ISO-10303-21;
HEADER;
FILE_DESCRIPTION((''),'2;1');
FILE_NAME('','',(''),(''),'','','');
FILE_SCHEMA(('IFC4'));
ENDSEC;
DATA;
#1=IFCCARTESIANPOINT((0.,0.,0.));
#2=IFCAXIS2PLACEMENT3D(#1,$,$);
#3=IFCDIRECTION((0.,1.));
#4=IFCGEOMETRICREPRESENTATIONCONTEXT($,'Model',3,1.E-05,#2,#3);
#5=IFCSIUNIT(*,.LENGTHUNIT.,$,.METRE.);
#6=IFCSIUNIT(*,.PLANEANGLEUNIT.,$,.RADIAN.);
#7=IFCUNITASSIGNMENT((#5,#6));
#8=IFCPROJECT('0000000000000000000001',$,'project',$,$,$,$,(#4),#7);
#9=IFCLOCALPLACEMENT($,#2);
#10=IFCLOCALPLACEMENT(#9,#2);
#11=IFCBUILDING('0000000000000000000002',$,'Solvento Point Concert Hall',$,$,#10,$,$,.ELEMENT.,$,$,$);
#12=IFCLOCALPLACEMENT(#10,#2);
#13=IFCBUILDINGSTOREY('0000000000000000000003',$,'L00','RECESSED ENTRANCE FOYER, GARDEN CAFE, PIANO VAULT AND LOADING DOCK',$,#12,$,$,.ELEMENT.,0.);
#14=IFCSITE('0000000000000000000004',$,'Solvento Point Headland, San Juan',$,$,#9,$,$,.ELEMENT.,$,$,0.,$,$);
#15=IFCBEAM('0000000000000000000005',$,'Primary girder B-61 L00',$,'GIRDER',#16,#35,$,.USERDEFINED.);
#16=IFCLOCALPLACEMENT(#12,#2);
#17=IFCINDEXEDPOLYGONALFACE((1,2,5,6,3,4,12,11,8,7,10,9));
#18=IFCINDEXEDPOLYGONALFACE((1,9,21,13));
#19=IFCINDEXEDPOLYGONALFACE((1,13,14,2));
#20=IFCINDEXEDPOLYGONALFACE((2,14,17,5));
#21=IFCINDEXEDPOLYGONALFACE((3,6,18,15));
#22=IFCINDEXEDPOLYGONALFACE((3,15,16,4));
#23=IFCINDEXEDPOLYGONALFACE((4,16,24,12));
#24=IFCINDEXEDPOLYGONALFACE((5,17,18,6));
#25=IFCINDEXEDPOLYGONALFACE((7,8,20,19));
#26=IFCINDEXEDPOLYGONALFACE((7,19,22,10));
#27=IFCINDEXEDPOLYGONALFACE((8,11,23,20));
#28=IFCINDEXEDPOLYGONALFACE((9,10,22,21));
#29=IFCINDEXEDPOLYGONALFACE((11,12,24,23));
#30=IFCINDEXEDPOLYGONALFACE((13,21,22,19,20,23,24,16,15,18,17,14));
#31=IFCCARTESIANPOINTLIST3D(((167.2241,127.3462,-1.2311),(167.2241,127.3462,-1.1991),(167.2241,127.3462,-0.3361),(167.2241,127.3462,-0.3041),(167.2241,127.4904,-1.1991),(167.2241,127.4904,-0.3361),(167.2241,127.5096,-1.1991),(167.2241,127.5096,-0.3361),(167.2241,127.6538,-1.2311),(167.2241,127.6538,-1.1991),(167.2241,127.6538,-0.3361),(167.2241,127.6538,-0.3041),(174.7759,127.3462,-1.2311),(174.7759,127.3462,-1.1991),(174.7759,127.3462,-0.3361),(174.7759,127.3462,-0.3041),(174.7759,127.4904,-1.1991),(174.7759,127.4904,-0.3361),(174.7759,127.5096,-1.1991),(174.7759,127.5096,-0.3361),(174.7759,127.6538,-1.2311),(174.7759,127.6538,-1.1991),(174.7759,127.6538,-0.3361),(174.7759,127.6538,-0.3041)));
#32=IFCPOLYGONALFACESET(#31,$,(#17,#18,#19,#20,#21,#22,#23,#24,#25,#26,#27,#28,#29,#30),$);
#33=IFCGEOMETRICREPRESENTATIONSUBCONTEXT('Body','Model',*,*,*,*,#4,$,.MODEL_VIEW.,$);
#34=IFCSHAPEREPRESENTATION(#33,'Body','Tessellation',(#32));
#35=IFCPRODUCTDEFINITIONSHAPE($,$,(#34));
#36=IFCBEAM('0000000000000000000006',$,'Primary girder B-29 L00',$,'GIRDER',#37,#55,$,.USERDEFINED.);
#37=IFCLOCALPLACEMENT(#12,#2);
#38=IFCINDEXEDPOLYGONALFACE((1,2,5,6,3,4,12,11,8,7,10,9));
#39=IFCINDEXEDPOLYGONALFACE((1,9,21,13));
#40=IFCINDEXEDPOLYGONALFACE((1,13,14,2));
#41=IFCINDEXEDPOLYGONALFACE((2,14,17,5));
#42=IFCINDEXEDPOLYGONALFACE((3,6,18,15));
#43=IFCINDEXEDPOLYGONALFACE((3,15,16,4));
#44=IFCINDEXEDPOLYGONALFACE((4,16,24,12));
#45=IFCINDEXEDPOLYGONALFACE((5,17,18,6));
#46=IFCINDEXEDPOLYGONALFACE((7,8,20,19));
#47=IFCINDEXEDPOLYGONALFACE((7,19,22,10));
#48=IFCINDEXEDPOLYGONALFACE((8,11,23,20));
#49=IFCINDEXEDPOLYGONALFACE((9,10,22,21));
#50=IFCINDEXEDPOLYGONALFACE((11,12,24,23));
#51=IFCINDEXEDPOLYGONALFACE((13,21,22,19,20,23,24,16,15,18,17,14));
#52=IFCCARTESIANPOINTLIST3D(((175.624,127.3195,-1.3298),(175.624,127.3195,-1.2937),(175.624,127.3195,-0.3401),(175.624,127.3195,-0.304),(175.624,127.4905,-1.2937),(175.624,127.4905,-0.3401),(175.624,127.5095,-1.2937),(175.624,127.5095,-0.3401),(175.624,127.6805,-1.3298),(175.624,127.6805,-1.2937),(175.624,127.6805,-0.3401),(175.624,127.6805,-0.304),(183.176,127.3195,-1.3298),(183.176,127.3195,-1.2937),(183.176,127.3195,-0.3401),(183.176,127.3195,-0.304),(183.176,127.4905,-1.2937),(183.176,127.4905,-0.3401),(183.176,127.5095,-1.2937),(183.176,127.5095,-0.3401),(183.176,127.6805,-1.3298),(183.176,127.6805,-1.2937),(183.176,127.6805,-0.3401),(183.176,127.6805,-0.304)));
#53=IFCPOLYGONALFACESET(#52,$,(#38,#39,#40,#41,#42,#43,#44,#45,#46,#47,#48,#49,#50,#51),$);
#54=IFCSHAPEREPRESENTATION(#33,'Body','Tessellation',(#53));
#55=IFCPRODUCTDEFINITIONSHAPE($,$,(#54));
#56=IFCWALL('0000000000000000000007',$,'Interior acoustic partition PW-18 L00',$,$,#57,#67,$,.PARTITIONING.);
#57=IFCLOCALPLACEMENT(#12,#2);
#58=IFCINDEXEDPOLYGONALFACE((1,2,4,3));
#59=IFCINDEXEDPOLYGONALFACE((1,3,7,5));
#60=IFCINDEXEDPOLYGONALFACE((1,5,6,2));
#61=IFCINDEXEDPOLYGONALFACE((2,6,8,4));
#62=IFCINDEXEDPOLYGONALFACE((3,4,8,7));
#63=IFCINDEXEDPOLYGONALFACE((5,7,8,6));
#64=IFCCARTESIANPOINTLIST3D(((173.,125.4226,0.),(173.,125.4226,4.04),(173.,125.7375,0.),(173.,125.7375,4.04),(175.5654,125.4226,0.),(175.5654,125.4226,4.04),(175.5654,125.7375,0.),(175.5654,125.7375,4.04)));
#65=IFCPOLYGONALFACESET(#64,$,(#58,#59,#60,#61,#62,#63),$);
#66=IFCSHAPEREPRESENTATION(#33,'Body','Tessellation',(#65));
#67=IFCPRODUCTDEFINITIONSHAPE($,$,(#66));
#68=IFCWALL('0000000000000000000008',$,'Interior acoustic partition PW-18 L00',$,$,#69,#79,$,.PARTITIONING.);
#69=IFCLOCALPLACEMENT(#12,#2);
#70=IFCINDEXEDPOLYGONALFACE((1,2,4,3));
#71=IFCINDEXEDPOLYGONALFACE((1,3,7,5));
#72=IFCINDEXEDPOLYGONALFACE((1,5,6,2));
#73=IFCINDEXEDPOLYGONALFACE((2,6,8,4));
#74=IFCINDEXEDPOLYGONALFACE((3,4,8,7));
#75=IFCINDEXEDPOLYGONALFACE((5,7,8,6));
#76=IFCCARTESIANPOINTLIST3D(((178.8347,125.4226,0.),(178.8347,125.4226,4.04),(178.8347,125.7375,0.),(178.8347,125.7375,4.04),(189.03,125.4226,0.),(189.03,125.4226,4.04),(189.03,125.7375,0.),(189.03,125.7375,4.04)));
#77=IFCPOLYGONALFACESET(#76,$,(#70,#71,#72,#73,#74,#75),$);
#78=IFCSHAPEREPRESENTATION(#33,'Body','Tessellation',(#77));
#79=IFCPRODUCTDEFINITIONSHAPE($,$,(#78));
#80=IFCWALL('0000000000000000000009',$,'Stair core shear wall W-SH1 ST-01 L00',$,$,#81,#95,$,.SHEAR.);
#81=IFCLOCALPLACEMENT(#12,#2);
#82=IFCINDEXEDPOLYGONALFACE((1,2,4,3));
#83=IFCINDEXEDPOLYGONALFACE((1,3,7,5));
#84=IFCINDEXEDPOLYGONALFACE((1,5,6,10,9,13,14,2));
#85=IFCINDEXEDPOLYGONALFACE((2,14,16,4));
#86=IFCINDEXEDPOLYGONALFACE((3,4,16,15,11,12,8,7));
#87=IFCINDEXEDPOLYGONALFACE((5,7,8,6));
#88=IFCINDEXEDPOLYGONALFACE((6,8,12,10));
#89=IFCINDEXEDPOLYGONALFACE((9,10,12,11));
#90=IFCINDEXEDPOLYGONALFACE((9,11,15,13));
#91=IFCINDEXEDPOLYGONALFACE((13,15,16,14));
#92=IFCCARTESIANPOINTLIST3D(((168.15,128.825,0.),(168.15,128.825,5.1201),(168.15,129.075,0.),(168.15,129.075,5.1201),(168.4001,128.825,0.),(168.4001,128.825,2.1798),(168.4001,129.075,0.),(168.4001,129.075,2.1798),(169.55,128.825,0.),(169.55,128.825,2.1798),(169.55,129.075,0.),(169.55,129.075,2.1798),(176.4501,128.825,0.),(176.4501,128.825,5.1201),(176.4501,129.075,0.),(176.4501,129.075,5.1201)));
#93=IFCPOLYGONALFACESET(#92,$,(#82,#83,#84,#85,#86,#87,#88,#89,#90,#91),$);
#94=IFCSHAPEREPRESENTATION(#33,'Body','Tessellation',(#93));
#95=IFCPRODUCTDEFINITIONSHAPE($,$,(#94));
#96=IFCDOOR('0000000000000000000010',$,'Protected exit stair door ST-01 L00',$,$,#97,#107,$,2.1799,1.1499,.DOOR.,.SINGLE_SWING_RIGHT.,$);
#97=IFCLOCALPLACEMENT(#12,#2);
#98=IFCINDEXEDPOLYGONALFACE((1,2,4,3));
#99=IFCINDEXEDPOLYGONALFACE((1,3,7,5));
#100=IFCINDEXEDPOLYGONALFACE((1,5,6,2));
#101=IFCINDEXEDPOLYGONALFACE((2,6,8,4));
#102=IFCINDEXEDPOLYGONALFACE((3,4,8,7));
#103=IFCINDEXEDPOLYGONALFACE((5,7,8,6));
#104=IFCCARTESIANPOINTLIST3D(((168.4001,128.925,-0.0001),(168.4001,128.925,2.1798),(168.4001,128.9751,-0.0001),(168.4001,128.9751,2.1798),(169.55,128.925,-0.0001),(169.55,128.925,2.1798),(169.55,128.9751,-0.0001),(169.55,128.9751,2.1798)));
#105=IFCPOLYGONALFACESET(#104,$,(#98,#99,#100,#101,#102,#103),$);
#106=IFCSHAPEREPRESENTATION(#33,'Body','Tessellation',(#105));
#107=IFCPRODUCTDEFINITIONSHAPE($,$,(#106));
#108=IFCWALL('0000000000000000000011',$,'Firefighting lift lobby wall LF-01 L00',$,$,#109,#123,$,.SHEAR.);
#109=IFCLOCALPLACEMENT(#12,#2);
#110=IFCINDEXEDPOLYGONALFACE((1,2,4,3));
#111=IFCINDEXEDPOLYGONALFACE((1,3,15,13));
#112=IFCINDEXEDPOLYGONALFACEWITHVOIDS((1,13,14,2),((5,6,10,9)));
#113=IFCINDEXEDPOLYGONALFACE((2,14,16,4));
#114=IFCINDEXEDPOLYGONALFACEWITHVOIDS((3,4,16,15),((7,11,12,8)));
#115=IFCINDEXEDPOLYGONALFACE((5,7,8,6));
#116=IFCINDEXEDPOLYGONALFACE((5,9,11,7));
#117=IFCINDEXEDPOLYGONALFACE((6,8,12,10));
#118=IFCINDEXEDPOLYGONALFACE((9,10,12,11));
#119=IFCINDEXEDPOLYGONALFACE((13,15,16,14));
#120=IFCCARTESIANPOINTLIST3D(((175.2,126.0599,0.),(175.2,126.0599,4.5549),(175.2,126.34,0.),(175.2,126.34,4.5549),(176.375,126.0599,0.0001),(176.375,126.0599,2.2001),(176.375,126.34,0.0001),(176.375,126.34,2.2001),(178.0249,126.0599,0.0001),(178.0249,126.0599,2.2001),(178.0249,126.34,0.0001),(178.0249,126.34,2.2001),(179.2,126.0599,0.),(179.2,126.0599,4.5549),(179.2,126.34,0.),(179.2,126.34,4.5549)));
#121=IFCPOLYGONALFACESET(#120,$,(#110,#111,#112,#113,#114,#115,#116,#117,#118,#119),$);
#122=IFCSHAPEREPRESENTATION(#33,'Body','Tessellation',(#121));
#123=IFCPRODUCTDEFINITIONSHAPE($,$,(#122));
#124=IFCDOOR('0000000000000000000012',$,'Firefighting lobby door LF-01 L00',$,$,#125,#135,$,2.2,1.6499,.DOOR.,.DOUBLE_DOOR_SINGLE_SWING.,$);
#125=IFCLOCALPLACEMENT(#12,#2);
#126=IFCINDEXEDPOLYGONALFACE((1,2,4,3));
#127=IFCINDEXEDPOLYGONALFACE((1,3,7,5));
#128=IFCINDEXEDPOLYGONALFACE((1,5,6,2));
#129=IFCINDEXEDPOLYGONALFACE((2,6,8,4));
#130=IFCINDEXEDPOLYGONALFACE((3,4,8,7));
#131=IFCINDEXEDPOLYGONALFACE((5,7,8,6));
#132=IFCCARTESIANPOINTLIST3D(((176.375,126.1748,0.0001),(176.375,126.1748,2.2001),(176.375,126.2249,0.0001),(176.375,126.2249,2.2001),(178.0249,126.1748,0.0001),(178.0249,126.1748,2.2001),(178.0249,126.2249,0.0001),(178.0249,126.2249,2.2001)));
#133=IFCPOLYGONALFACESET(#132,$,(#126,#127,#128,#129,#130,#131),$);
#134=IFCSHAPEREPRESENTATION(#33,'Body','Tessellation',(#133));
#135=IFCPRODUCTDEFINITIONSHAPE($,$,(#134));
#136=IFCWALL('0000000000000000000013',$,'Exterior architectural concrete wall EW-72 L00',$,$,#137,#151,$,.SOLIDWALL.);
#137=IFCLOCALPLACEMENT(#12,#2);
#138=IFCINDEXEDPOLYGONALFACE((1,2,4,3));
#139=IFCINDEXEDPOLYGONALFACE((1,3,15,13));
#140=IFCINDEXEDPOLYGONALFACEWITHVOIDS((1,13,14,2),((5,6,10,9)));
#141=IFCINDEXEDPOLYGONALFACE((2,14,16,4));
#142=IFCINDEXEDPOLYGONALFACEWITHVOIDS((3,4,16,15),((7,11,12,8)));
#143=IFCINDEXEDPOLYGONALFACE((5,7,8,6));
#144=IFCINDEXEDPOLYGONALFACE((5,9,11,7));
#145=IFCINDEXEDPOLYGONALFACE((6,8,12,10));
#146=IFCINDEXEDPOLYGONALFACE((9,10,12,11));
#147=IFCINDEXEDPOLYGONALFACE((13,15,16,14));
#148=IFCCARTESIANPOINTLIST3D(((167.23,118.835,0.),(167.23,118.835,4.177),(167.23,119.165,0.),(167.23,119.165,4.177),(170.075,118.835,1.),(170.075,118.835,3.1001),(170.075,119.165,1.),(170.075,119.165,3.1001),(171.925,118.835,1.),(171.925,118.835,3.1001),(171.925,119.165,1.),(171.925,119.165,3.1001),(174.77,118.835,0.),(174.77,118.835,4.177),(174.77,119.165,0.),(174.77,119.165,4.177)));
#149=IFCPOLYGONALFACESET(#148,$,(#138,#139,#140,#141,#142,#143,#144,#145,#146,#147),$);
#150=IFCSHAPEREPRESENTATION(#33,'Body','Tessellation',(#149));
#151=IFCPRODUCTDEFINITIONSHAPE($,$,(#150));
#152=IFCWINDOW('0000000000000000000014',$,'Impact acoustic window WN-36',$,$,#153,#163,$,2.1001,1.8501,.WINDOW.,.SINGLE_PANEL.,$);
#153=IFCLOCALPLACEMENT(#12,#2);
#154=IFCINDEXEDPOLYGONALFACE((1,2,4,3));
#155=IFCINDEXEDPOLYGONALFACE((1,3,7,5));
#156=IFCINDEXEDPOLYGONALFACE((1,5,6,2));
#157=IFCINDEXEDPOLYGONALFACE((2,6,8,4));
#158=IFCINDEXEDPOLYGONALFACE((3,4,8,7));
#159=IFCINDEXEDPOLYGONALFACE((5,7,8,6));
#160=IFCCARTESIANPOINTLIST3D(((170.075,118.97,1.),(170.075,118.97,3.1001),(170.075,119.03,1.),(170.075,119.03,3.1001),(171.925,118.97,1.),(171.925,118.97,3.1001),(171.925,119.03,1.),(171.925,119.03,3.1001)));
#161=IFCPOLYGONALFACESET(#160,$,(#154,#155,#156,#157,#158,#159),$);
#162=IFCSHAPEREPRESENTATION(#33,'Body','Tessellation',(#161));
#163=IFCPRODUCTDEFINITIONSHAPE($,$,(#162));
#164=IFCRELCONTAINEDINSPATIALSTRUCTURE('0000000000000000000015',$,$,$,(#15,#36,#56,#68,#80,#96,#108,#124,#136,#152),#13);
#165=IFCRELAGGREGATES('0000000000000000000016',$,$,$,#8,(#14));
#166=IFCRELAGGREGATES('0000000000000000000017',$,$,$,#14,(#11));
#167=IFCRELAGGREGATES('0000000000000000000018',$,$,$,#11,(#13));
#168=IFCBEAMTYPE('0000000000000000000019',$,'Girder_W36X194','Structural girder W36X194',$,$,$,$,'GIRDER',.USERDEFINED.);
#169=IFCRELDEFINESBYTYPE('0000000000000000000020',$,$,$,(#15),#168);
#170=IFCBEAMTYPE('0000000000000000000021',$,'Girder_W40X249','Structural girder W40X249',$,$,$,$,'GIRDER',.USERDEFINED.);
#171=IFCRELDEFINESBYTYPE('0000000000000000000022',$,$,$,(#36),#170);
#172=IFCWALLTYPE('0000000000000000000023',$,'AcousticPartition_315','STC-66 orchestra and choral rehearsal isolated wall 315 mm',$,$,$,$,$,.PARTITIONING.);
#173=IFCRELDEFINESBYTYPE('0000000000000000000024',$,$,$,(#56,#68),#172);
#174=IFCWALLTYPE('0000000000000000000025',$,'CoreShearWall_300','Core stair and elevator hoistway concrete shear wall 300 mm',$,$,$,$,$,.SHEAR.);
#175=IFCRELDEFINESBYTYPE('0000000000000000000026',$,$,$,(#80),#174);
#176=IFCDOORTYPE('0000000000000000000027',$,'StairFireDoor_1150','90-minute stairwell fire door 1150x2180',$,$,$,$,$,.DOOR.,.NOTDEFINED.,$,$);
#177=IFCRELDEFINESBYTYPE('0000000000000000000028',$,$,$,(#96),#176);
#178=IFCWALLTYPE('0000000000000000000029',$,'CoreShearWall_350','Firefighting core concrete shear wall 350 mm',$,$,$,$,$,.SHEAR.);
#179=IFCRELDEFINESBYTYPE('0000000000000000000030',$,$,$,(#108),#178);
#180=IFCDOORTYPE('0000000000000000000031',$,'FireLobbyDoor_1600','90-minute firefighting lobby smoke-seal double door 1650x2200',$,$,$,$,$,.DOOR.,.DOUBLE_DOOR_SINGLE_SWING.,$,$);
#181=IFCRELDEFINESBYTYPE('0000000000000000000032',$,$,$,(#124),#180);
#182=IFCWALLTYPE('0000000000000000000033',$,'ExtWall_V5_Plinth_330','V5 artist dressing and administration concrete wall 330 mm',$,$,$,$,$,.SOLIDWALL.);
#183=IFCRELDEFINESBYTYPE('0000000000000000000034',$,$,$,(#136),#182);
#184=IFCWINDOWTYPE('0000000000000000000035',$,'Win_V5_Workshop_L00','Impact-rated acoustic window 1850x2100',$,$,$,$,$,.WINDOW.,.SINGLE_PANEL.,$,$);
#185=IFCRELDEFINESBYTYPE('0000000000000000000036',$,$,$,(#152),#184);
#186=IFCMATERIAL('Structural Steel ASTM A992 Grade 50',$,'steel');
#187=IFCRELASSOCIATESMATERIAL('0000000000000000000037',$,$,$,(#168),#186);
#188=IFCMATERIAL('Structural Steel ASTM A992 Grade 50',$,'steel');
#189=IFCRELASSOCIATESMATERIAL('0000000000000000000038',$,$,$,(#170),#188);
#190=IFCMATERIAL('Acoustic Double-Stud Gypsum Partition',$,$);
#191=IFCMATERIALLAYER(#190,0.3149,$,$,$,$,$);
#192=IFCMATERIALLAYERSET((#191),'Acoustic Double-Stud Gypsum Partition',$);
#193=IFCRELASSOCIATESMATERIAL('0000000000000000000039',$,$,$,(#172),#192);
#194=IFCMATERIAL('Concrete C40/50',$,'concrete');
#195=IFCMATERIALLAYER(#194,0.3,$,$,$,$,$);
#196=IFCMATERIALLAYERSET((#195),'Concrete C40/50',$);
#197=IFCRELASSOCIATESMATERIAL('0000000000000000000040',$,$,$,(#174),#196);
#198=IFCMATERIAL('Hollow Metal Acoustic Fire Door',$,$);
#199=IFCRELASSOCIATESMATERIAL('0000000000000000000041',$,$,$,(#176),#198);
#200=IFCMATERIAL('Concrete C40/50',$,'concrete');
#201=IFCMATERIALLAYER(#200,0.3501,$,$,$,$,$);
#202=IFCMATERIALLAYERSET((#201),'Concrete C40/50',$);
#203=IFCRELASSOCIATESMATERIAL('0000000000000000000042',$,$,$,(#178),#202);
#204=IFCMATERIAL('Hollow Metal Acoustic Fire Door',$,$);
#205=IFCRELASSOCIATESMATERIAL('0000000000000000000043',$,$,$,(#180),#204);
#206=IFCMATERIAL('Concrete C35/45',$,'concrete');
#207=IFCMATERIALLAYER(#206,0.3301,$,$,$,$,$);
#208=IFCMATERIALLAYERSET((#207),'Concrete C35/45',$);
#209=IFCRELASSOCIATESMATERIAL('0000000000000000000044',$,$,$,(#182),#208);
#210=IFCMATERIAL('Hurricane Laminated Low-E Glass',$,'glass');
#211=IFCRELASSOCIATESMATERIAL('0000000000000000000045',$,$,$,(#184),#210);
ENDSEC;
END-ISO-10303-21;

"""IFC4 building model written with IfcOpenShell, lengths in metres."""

from ifc_helpers import new_model, si_unit, direction, frame, frame_2d, origin, origin_2d, place, context, subcontext, project, spatial, rectangle, i_section, extrude, material, layer, layer_set, material_profile, profile_set, type_object, element, fill, save


model = new_model("IFC4")

# Units and contexts
model_context = context("Model", 3, precision=1e-05, world=origin(), true_north=direction((0.0, 1.0)))
body_context = subcontext(model_context, "Body", "Model", "MODEL_VIEW")
ifc_project = project(units=[si_unit("LENGTHUNIT", "METRE"), si_unit("PLANEANGLEUNIT", "RADIAN")], contexts=[model_context])

# Site, building, storey
site_placement = place(None, origin())
site = spatial("IfcSite", under=ifc_project, at=site_placement, Name="Solvento Point Headland, San Juan", CompositionType="ELEMENT", RefElevation=0.0)
building_placement = place(site_placement, origin())
building = spatial("IfcBuilding", under=site, at=building_placement, Name="Solvento Point Concert Hall", CompositionType="ELEMENT")
storey_placement = place(building_placement, origin())
storey = spatial("IfcBuildingStorey", under=building, at=storey_placement, Name="L00", Description="RECESSED ENTRANCE FOYER, GARDEN CAFE, PIANO VAULT AND LOADING DOCK", CompositionType="ELEMENT", Elevation=0.0)

# Beams
ifc_material_1 = material(Name="Structural Steel ASTM A992 Grade 50", Category="steel")
ifc_material_profile_1 = material_profile(ifc_material_1, i_section(OverallWidth=0.3076, OverallDepth=0.927, WebThickness=0.0193, FlangeThickness=0.032, at=origin_2d()), Name="W36X194")
ifc_profile_set_1 = profile_set([ifc_material_profile_1], Name="Structural Steel ASTM A992 Grade 50")
beam_type_1 = type_object("IfcBeamType", Name="Girder_W36X194", Description="Structural girder W36X194", ElementType="GIRDER", PredefinedType="USERDEFINED", material=ifc_profile_set_1)
beam_1_placement = place(storey_placement, frame((167.2241, 127.5, -0.7676), z_axis=(1.0, 0.0, 0.0), x_axis=(0.0, 1.0, 0.0)))
element("IfcBeam", 1, at=beam_1_placement, inside=storey, type_object=beam_type_1, Name="Primary girder B-61 L00", ObjectType="GIRDER", PredefinedType="USERDEFINED", context=body_context, shape_type="SweptSolid", body=[
    extrude(i_section(OverallWidth=0.3076, OverallDepth=0.927, WebThickness=0.0193, FlangeThickness=0.032, at=origin_2d()), origin(), (0.0, 0.0, 1.0), 7.5518),
])
ifc_material_2 = material(Name="Structural Steel ASTM A992 Grade 50", Category="steel")
ifc_material_profile_2 = material_profile(ifc_material_2, i_section(OverallWidth=0.3611, OverallDepth=1.0259, WebThickness=0.019, FlangeThickness=0.0361, at=origin_2d()), Name="W40X249")
ifc_profile_set_2 = profile_set([ifc_material_profile_2], Name="Structural Steel ASTM A992 Grade 50")
beam_type_2 = type_object("IfcBeamType", Name="Girder_W40X249", Description="Structural girder W40X249", ElementType="GIRDER", PredefinedType="USERDEFINED", material=ifc_profile_set_2)
beam_2_placement = place(storey_placement, frame((175.624, 127.5, -0.8169), z_axis=(1.0, 0.0, 0.0), x_axis=(0.0, 1.0, 0.0)))
element("IfcBeam", 2, at=beam_2_placement, inside=storey, type_object=beam_type_2, Name="Primary girder B-29 L00", ObjectType="GIRDER", PredefinedType="USERDEFINED", context=body_context, shape_type="SweptSolid", body=[
    extrude(i_section(OverallWidth=0.3611, OverallDepth=1.0259, WebThickness=0.019, FlangeThickness=0.0361, at=origin_2d()), origin(), (0.0, 0.0, 1.0), 7.552),
])

# Walls
ifc_material_3 = material(Name="Acoustic Double-Stud Gypsum Partition")
ifc_layer_1 = layer(ifc_material_3, 0.3149)
ifc_layer_set_1 = layer_set([ifc_layer_1], Name="Acoustic Double-Stud Gypsum Partition")
wall_type_1 = type_object("IfcWallType", Name="AcousticPartition_315", Description="STC-66 orchestra and choral rehearsal isolated wall 315 mm", PredefinedType="PARTITIONING", material=ifc_layer_set_1)
wall_1_placement = place(storey_placement, frame((173.0, 125.5801, 0.0), z_axis=(0.0, 0.0, 1.0), x_axis=(1.0, 0.0, 0.0)))
element("IfcWall", 3, at=wall_1_placement, inside=storey, type_object=wall_type_1, Name="Interior acoustic partition PW-18 L00", PredefinedType="PARTITIONING", context=body_context, shape_type="SweptSolid", body=[
    extrude(rectangle(XDim=2.5654, YDim=0.3149, at=frame_2d((1.2827, 0.0))), origin(), (0.0, 0.0, 1.0), 4.04),
])
wall_2_placement = place(storey_placement, frame((178.8347, 125.5801, 0.0), z_axis=(0.0, 0.0, 1.0), x_axis=(1.0, 0.0, 0.0)))
element("IfcWall", 4, at=wall_2_placement, inside=storey, type_object=wall_type_1, Name="Interior acoustic partition PW-18 L00", PredefinedType="PARTITIONING", context=body_context, shape_type="SweptSolid", body=[
    extrude(rectangle(XDim=10.1953, YDim=0.3149, at=frame_2d((5.0977, 0.0))), origin(), (0.0, 0.0, 1.0), 4.04),
])

# Walls, openings, doors
ifc_material_4 = material(Name="Concrete C40/50", Category="concrete")
ifc_layer_2 = layer(ifc_material_4, 0.3)
ifc_layer_set_2 = layer_set([ifc_layer_2], Name="Concrete C40/50")
wall_type_2 = type_object("IfcWallType", Name="CoreShearWall_300", Description="Core stair and elevator hoistway concrete shear wall 300 mm", PredefinedType="SHEAR", material=ifc_layer_set_2)
wall_3_placement = place(storey_placement, frame((176.45, 128.95, 0.0), z_axis=(0.0, 0.0, 1.0), x_axis=(-1.0, 0.0, 0.0)))
wall_3 = element("IfcWall", 5, at=wall_3_placement, inside=storey, type_object=wall_type_2, Name="Stair core shear wall W-SH1 ST-01 L00", PredefinedType="SHEAR", context=body_context, shape_type="SweptSolid", body=[
    extrude(rectangle(XDim=8.3, YDim=0.25, at=frame_2d((4.1499, 0.0))), origin(), (0.0, 0.0, 1.0), 5.1201),
])
opening_1_placement = place(wall_3_placement, frame((6.8999, 0.0, 0.0)))
opening_1 = element("IfcOpeningElement", 6, at=opening_1_placement, cuts=wall_3, PredefinedType="OPENING", context=body_context, shape_type="SweptSolid", body=[
    extrude(rectangle(XDim=1.1499, YDim=2.1799, at=frame_2d((0.575, 1.0898))), frame((0.0, 0.135, 0.0), z_axis=(0.0, -1.0, 0.0), x_axis=(1.0, 0.0, 0.0)), (0.0, 0.0, 1.0), 0.27),
])
ifc_material_5 = material(Name="Hollow Metal Acoustic Fire Door")
door_type_1 = type_object("IfcDoorType", Name="StairFireDoor_1150", Description="90-minute stairwell fire door 1150x2180", OperationType="NOTDEFINED", PredefinedType="DOOR", material=ifc_material_5)
door_1_placement = place(opening_1_placement, origin())
door_1 = element("IfcDoor", 7, at=door_1_placement, inside=storey, type_object=door_type_1, Name="Protected exit stair door ST-01 L00", OperationType="SINGLE_SWING_RIGHT", OverallHeight=2.1799, OverallWidth=1.1499, PredefinedType="DOOR", context=body_context, shape_type="SweptSolid", body=[
    extrude(rectangle(XDim=1.1499, YDim=2.1799, at=frame_2d((0.575, 1.0898))), frame((0.0, 0.0249, 0.0), z_axis=(0.0, -1.0, 0.0), x_axis=(1.0, 0.0, 0.0)), (0.0, 0.0, 1.0), 0.05),
])
fill(opening_1, door_1)
ifc_material_6 = material(Name="Concrete C40/50", Category="concrete")
ifc_layer_3 = layer(ifc_material_6, 0.3501)
ifc_layer_set_3 = layer_set([ifc_layer_3], Name="Concrete C40/50")
wall_type_3 = type_object("IfcWallType", Name="CoreShearWall_350", Description="Firefighting core concrete shear wall 350 mm", PredefinedType="SHEAR", material=ifc_layer_set_3)
wall_4_placement = place(storey_placement, frame((175.2, 126.2, 0.0), z_axis=(0.0, 0.0, 1.0), x_axis=(1.0, 0.0, 0.0)))
wall_4 = element("IfcWall", 8, at=wall_4_placement, inside=storey, type_object=wall_type_3, Name="Firefighting lift lobby wall LF-01 L00", PredefinedType="SHEAR", context=body_context, shape_type="SweptSolid", body=[
    extrude(rectangle(XDim=4.0, YDim=0.28, at=frame_2d((2.0, 0.0))), origin(), (0.0, 0.0, 1.0), 4.5549),
])
opening_2_placement = place(wall_4_placement, frame((1.175, 0.0, 0.0)))
opening_2 = element("IfcOpeningElement", 9, at=opening_2_placement, cuts=wall_4, PredefinedType="OPENING", context=body_context, shape_type="SweptSolid", body=[
    extrude(rectangle(XDim=1.6499, YDim=2.2, at=frame_2d((0.825, 1.1001))), frame((0.0, 0.1499, 0.0), z_axis=(0.0, -1.0, 0.0), x_axis=(1.0, 0.0, 0.0)), (0.0, 0.0, 1.0), 0.3),
])
ifc_material_7 = material(Name="Hollow Metal Acoustic Fire Door")
door_type_2 = type_object("IfcDoorType", Name="FireLobbyDoor_1600", Description="90-minute firefighting lobby smoke-seal double door 1650x2200", OperationType="DOUBLE_DOOR_SINGLE_SWING", PredefinedType="DOOR", material=ifc_material_7)
door_2_placement = place(opening_2_placement, origin())
door_2 = element("IfcDoor", 10, at=door_2_placement, inside=storey, type_object=door_type_2, Name="Firefighting lobby door LF-01 L00", OperationType="DOUBLE_DOOR_SINGLE_SWING", OverallHeight=2.2, OverallWidth=1.6499, PredefinedType="DOOR", context=body_context, shape_type="SweptSolid", body=[
    extrude(rectangle(XDim=1.6499, YDim=2.2, at=frame_2d((0.825, 1.1001))), frame((0.0, 0.0249, 0.0), z_axis=(0.0, -1.0, 0.0), x_axis=(1.0, 0.0, 0.0)), (0.0, 0.0, 1.0), 0.05),
])
fill(opening_2, door_2)

# Wall, opening, window
ifc_material_8 = material(Name="Concrete C35/45", Category="concrete")
ifc_layer_4 = layer(ifc_material_8, 0.3301)
ifc_layer_set_4 = layer_set([ifc_layer_4], Name="Concrete C35/45")
wall_type_4 = type_object("IfcWallType", Name="ExtWall_V5_Plinth_330", Description="V5 artist dressing and administration concrete wall 330 mm", PredefinedType="SOLIDWALL", material=ifc_layer_set_4)
wall_5_placement = place(storey_placement, frame((174.77, 119.0, 0.0), z_axis=(0.0, 0.0, 1.0), x_axis=(-1.0, 0.0, 0.0)))
wall_5 = element("IfcWall", 11, at=wall_5_placement, inside=storey, type_object=wall_type_4, Name="Exterior architectural concrete wall EW-72 L00", PredefinedType="SOLIDWALL", context=body_context, shape_type="SweptSolid", body=[
    extrude(rectangle(XDim=7.54, YDim=0.3301, at=frame_2d((3.77, 0.0))), origin(), (0.0, 0.0, 1.0), 4.177),
])
opening_3_placement = place(wall_5_placement, frame((2.845, 0.0, 1.0)))
opening_3 = element("IfcOpeningElement", 12, at=opening_3_placement, cuts=wall_5, PredefinedType="OPENING", context=body_context, shape_type="SweptSolid", body=[
    extrude(rectangle(XDim=1.8501, YDim=2.1001, at=frame_2d((0.925, 1.05))), frame((0.0, 0.175, 0.0), z_axis=(0.0, -1.0, 0.0), x_axis=(1.0, 0.0, 0.0)), (0.0, 0.0, 1.0), 0.3501),
])
ifc_material_9 = material(Name="Hurricane Laminated Low-E Glass", Category="glass")
window_type = type_object("IfcWindowType", Name="Win_V5_Workshop_L00", Description="Impact-rated acoustic window 1850x2100", PartitioningType="SINGLE_PANEL", PredefinedType="WINDOW", material=ifc_material_9)
window_1_placement = place(opening_3_placement, origin())
window_1 = element("IfcWindow", 13, at=window_1_placement, inside=storey, type_object=window_type, Name="Impact acoustic window WN-36", OverallHeight=2.1001, OverallWidth=1.8501, PartitioningType="SINGLE_PANEL", PredefinedType="WINDOW", context=body_context, shape_type="SweptSolid", body=[
    extrude(rectangle(XDim=1.8501, YDim=2.1001, at=frame_2d((0.925, 1.05))), frame((0.0, 0.03, 0.0), z_axis=(0.0, -1.0, 0.0), x_axis=(1.0, 0.0, 0.0)), (0.0, 0.0, 1.0), 0.0601),
])
fill(opening_3, window_1)

save(model, "model.ifc")
